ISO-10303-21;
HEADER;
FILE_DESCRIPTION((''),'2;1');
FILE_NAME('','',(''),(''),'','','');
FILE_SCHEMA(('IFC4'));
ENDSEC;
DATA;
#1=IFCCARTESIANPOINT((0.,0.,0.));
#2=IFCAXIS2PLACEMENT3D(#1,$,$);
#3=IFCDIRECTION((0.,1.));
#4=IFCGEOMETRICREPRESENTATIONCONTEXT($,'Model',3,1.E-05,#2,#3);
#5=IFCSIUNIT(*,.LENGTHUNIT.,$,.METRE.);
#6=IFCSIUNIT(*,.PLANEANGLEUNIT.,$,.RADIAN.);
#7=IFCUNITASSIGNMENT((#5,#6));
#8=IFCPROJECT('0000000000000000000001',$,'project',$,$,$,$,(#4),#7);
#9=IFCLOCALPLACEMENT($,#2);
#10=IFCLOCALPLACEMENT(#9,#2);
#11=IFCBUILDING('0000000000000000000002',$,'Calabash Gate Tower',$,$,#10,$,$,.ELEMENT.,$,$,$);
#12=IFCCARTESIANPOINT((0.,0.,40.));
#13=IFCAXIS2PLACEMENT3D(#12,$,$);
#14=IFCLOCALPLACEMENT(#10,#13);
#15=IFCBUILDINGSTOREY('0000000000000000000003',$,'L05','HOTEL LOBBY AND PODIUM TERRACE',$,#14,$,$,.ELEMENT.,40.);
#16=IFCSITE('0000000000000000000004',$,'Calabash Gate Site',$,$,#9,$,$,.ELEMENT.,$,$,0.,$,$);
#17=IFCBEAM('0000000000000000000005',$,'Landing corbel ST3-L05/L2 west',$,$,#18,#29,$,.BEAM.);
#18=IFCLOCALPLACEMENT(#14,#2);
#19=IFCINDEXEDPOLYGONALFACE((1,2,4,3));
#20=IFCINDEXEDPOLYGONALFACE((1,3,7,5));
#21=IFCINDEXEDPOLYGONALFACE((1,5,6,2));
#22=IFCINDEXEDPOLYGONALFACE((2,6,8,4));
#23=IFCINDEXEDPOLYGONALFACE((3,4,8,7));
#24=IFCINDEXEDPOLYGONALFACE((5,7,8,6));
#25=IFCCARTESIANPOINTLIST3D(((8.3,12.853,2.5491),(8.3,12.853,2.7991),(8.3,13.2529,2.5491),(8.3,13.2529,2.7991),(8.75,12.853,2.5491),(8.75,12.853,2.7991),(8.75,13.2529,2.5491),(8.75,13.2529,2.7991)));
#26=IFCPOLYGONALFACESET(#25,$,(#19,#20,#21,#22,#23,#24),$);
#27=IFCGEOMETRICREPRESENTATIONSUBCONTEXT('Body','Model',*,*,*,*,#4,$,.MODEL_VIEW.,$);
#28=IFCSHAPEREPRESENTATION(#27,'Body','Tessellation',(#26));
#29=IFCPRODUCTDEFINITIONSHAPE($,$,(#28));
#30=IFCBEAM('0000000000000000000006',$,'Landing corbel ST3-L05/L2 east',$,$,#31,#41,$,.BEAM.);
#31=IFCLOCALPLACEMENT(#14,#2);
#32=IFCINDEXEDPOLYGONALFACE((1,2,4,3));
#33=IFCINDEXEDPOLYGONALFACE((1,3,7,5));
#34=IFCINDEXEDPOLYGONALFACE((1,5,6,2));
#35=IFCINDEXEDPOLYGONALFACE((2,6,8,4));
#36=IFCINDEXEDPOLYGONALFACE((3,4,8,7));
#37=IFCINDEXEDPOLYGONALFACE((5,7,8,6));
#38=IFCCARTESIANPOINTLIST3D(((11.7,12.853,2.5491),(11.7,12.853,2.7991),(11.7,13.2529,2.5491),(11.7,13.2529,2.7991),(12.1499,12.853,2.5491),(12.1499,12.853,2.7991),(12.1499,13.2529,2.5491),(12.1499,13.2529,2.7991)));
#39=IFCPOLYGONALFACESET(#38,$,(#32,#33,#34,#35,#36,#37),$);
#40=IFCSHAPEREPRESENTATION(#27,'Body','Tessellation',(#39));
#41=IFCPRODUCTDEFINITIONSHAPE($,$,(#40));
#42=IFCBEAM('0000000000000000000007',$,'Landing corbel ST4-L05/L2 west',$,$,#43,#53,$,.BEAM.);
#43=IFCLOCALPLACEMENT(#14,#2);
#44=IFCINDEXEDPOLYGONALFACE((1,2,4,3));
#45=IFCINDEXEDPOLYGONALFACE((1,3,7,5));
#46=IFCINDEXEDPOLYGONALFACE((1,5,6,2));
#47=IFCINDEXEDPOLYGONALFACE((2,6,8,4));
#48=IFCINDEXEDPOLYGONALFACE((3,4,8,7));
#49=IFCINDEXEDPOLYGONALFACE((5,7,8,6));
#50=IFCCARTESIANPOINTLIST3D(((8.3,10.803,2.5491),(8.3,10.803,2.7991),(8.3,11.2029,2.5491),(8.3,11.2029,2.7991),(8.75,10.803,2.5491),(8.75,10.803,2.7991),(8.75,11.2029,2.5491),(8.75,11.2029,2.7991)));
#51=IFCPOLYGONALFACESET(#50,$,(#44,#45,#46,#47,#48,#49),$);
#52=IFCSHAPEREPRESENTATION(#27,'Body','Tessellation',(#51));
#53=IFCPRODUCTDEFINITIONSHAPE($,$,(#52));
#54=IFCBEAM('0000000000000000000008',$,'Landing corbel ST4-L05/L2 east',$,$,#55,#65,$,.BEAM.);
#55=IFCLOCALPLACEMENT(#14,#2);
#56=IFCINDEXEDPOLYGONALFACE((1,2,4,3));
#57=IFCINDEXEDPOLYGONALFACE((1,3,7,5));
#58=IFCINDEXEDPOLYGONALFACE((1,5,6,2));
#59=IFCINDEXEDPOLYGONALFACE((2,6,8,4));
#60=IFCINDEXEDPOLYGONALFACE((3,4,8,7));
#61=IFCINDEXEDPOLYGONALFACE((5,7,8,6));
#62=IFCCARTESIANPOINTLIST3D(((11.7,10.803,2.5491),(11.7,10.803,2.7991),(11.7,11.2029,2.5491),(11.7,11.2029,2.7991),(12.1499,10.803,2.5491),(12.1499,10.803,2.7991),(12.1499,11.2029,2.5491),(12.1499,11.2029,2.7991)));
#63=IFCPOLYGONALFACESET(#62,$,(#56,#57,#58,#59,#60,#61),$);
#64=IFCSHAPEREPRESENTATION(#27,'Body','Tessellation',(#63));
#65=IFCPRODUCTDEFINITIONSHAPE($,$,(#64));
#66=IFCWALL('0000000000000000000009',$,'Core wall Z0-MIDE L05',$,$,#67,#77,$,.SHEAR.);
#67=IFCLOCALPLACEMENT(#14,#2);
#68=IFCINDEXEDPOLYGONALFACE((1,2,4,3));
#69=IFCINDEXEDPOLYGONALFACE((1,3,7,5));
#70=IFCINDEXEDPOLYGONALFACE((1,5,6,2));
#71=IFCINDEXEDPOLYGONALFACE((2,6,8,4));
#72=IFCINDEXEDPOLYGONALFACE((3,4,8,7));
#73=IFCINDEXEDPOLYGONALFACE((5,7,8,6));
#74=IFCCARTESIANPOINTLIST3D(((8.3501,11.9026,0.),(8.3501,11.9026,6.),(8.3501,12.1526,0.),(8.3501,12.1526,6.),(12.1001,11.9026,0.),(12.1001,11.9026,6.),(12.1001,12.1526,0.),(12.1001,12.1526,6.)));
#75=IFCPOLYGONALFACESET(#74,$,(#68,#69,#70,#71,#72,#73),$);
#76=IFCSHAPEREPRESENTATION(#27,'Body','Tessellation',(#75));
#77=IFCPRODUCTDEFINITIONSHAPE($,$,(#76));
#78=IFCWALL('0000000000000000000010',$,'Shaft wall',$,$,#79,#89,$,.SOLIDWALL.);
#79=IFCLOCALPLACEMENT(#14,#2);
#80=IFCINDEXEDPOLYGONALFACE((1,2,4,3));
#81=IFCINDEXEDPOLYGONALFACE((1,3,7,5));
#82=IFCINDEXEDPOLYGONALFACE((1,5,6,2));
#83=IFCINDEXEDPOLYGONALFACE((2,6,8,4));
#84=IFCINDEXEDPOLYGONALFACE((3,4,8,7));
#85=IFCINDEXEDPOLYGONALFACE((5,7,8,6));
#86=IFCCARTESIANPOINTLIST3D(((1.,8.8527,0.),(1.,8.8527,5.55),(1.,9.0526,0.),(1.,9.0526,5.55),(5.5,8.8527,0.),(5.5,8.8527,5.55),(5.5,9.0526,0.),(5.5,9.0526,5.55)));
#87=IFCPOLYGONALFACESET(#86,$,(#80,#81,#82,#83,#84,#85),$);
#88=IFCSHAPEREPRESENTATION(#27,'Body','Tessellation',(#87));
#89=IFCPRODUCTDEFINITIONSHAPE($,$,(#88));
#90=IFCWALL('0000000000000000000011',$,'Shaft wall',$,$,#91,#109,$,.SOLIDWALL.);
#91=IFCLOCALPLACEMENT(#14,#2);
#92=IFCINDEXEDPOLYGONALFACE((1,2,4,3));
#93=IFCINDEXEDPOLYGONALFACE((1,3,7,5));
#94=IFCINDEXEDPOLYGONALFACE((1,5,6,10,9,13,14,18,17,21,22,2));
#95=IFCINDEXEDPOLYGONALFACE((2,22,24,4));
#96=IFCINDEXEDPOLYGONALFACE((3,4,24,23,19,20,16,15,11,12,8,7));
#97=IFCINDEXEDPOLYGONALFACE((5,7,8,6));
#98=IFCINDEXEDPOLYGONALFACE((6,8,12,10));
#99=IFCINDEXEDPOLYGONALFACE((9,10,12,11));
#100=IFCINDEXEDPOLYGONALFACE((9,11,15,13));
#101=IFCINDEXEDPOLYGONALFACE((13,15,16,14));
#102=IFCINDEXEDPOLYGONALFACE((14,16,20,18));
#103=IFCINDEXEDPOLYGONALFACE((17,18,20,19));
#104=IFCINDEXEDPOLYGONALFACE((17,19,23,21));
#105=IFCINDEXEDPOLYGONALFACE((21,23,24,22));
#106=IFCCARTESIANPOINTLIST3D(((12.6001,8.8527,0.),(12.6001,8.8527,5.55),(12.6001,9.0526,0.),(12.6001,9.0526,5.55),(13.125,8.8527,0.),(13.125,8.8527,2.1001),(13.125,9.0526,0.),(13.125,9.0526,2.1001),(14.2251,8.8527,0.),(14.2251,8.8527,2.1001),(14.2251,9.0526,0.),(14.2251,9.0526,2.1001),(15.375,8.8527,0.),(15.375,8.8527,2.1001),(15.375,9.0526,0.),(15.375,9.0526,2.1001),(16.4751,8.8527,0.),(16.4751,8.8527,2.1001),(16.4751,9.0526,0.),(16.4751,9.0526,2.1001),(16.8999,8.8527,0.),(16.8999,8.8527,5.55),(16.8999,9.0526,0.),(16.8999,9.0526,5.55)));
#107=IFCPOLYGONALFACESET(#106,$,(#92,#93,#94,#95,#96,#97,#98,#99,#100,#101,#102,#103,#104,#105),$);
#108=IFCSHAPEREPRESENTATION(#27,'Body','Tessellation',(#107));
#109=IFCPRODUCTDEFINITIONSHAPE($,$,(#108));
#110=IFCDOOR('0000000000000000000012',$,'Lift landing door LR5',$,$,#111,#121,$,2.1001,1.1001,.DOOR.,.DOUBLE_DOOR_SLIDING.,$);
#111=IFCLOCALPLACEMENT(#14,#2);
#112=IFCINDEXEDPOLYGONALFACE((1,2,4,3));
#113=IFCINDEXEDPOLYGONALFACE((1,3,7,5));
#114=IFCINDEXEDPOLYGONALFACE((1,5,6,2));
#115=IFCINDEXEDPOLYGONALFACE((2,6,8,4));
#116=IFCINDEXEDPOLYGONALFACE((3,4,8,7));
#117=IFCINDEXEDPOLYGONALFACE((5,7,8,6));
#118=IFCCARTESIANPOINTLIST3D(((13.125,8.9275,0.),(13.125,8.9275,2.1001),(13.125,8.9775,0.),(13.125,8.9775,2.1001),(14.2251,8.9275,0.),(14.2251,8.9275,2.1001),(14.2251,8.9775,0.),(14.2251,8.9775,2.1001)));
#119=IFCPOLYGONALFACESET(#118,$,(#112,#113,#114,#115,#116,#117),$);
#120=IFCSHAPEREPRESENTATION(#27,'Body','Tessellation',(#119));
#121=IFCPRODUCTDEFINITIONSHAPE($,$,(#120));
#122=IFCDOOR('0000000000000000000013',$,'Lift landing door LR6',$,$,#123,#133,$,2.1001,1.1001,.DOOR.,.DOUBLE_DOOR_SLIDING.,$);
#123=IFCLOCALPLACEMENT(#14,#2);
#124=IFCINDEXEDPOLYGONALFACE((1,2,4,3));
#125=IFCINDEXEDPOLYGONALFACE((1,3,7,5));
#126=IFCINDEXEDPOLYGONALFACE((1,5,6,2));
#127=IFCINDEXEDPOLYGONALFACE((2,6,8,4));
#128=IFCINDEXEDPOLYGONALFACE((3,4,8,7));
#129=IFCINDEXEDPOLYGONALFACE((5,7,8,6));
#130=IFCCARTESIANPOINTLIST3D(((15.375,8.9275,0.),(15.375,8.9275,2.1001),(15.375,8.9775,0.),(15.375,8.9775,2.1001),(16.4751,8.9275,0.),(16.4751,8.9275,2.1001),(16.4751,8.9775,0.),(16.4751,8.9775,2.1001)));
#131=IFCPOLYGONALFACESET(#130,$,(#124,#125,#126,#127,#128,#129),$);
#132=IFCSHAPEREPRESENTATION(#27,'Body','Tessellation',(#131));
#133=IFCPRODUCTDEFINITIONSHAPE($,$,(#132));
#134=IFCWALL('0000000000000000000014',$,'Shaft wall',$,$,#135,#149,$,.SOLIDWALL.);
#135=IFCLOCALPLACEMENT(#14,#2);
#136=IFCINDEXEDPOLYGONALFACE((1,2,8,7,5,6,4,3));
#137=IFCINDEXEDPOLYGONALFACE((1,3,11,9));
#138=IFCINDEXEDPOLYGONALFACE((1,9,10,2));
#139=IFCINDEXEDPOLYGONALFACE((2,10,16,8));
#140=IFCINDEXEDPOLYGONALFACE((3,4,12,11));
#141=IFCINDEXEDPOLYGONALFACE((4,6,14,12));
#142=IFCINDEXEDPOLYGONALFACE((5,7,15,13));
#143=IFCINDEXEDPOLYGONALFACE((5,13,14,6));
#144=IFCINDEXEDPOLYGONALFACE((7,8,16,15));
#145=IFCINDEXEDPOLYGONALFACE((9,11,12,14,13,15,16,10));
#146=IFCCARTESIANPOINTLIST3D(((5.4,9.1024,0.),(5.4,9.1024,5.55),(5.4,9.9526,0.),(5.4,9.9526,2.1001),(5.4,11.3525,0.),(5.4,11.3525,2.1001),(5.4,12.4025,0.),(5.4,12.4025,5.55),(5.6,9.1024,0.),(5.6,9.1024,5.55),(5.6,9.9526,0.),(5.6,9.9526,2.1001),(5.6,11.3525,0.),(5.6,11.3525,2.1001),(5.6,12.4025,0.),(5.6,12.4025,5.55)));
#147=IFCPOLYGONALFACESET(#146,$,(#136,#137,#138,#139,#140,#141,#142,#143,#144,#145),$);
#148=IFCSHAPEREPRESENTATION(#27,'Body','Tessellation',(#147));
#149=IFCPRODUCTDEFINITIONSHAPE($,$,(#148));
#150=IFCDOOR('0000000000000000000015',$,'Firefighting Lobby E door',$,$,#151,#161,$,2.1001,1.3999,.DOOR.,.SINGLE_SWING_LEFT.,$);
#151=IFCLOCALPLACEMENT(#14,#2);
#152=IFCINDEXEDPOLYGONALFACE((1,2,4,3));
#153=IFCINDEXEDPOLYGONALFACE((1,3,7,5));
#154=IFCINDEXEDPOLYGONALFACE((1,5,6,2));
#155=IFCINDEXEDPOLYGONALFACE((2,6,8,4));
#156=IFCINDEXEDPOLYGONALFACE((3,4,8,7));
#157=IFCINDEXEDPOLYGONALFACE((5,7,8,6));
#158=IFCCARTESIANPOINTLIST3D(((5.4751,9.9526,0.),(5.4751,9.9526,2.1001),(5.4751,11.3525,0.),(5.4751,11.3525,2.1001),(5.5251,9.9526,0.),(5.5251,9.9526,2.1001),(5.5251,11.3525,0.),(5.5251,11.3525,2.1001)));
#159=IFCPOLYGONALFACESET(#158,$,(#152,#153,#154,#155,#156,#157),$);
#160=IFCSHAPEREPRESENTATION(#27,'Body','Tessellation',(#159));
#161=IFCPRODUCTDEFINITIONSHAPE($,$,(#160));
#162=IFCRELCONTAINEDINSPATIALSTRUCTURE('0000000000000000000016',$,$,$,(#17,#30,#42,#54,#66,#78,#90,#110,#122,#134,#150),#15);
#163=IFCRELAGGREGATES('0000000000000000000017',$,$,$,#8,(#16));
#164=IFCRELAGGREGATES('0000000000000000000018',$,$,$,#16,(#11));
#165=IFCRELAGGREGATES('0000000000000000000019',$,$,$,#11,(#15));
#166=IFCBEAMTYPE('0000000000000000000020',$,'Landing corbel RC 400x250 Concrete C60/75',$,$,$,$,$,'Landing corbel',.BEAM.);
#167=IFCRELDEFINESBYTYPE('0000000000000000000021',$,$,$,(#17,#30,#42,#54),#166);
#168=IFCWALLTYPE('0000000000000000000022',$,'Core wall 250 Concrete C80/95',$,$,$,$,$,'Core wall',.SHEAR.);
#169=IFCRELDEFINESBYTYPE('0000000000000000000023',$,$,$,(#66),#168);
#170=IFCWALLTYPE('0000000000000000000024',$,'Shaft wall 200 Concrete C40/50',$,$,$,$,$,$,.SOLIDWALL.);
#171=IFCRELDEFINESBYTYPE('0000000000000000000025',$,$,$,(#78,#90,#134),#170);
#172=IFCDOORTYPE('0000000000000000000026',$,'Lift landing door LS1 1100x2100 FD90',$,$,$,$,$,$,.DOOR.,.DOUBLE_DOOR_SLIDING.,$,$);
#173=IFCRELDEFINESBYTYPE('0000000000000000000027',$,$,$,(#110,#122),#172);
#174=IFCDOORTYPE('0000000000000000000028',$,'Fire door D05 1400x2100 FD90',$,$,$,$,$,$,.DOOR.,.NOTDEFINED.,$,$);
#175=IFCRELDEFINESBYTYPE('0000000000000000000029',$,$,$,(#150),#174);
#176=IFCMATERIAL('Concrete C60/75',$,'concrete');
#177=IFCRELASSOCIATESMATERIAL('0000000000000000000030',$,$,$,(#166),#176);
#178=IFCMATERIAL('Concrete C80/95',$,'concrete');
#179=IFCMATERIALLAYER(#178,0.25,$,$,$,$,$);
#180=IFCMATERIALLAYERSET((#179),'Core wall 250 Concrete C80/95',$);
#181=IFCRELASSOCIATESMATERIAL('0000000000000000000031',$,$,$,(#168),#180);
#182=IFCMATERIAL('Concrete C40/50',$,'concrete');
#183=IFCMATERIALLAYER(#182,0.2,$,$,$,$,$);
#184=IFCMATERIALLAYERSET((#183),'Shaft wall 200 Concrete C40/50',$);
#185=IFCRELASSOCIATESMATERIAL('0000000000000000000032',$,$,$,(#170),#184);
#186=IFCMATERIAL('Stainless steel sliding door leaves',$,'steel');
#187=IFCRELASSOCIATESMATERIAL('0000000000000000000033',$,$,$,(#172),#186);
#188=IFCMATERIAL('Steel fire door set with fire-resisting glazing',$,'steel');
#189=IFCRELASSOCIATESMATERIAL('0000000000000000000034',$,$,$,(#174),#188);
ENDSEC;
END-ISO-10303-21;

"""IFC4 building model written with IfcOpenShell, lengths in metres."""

from ifc_helpers import new_model, si_unit, direction, frame, frame_2d, origin, origin_2d, place, context, subcontext, project, spatial, rectangle, extrude, material, layer, layer_set, material_profile, profile_set, type_object, element, fill, save


model = new_model("IFC4")

# Units and contexts
model_context = context("Model", 3, precision=1e-05, world=origin(), true_north=direction((0.0, 1.0)))
body_context = subcontext(model_context, "Body", "Model", "MODEL_VIEW")
ifc_project = project(units=[si_unit("LENGTHUNIT", "METRE"), si_unit("PLANEANGLEUNIT", "RADIAN")], contexts=[model_context])

# Site, building, storey
site_placement = place(None, origin())
site = spatial("IfcSite", under=ifc_project, at=site_placement, Name="Calabash Gate Site", CompositionType="ELEMENT", RefElevation=0.0)
building_placement = place(site_placement, origin())
building = spatial("IfcBuilding", under=site, at=building_placement, Name="Calabash Gate Tower", CompositionType="ELEMENT")
storey_placement = place(building_placement, frame((0.0, 0.0, 40.0)))
storey = spatial("IfcBuildingStorey", under=building, at=storey_placement, Name="L05", Description="HOTEL LOBBY AND PODIUM TERRACE", CompositionType="ELEMENT", Elevation=40.0)

# Beams
ifc_material_1 = material(Name="Concrete C60/75", Category="concrete")
ifc_material_profile = material_profile(ifc_material_1, rectangle(XDim=0.3999, YDim=0.25, at=origin_2d()))
ifc_profile_set = profile_set([ifc_material_profile], Name="Concrete C60/75")
beam_type = type_object("IfcBeamType", Name="Landing corbel RC 400x250 Concrete C60/75", ElementType="Landing corbel", PredefinedType="BEAM", material=ifc_profile_set)
for number, where, z_axis, x_axis, name in (
    (1, (8.3, 13.053, 2.6741), (1.0, 0.0, 0.0), (0.0, 1.0, 0.0), "Landing corbel ST3-L05/L2 west"),
    (2, (12.1499, 13.053, 2.6741), (-1.0, 0.0, 0.0), (0.0, -1.0, 0.0), "Landing corbel ST3-L05/L2 east"),
    (3, (8.3, 11.0029, 2.6741), (1.0, 0.0, 0.0), (0.0, 1.0, 0.0), "Landing corbel ST4-L05/L2 west"),
    (4, (12.1499, 11.0029, 2.6741), (-1.0, 0.0, 0.0), (0.0, -1.0, 0.0), "Landing corbel ST4-L05/L2 east"),
):
    element("IfcBeam", number, at=place(storey_placement, frame(where, z_axis=z_axis, x_axis=x_axis)), inside=storey, type_object=beam_type, Name=name, PredefinedType="BEAM", context=body_context, shape_type="SweptSolid", body=[
        extrude(rectangle(XDim=0.3999, YDim=0.25, at=origin_2d()), origin(), (0.0, 0.0, 1.0), 0.45),
    ])

# Walls
ifc_material_2 = material(Name="Concrete C80/95", Category="concrete")
ifc_layer_1 = layer(ifc_material_2, 0.25)
ifc_layer_set_1 = layer_set([ifc_layer_1], Name="Core wall 250 Concrete C80/95")
wall_type_1 = type_object("IfcWallType", Name="Core wall 250 Concrete C80/95", ElementType="Core wall", PredefinedType="SHEAR", material=ifc_layer_set_1)
wall_1_placement = place(storey_placement, frame((8.3501, 12.0276, 0.0), z_axis=(0.0, 0.0, 1.0), x_axis=(1.0, 0.0, 0.0)))
element("IfcWall", 5, at=wall_1_placement, inside=storey, type_object=wall_type_1, Name="Core wall Z0-MIDE L05", PredefinedType="SHEAR", context=body_context, shape_type="SweptSolid", body=[
    extrude(rectangle(XDim=3.75, YDim=0.25, at=frame_2d((1.875, 0.0))), origin(), (0.0, 0.0, 1.0), 6.0),
])
ifc_material_3 = material(Name="Concrete C40/50", Category="concrete")
ifc_layer_2 = layer(ifc_material_3, 0.2)
ifc_layer_set_2 = layer_set([ifc_layer_2], Name="Shaft wall 200 Concrete C40/50")
wall_type_2 = type_object("IfcWallType", Name="Shaft wall 200 Concrete C40/50", PredefinedType="SOLIDWALL", material=ifc_layer_set_2)
wall_2_placement = place(storey_placement, frame((1.0, 8.9526, 0.0), z_axis=(0.0, 0.0, 1.0), x_axis=(1.0, 0.0, 0.0)))
element("IfcWall", 6, at=wall_2_placement, inside=storey, type_object=wall_type_2, Name="Shaft wall", PredefinedType="SOLIDWALL", context=body_context, shape_type="SweptSolid", body=[
    extrude(rectangle(XDim=4.5, YDim=0.2, at=frame_2d((2.25, 0.0))), origin(), (0.0, 0.0, 1.0), 5.55),
])

# Wall, openings, doors
wall_3_placement = place(storey_placement, frame((12.6001, 8.9526, 0.0), z_axis=(0.0, 0.0, 1.0), x_axis=(1.0, 0.0, 0.0)))
wall_3 = element("IfcWall", 7, at=wall_3_placement, inside=storey, type_object=wall_type_2, Name="Shaft wall", PredefinedType="SOLIDWALL", context=body_context, shape_type="SweptSolid", body=[
    extrude(rectangle(XDim=4.2998, YDim=0.2, at=frame_2d((2.1499, 0.0))), origin(), (0.0, 0.0, 1.0), 5.55),
])
opening_1_placement = place(wall_3_placement, frame((0.5249, 0.0, 0.0)))
opening_1 = element("IfcOpeningElement", 8, at=opening_1_placement, cuts=wall_3, PredefinedType="OPENING", context=body_context, shape_type="SweptSolid", body=[
    extrude(rectangle(XDim=1.1001, YDim=2.1001, at=frame_2d((0.55, 1.05))), frame((0.0, 0.1099, 0.0), z_axis=(0.0, -1.0, 0.0), x_axis=(1.0, 0.0, 0.0)), (0.0, 0.0, 1.0), 0.22),
])
opening_2_placement = place(wall_3_placement, frame((2.7749, 0.0, 0.0)))
opening_2 = element("IfcOpeningElement", 9, at=opening_2_placement, cuts=wall_3, PredefinedType="OPENING", context=body_context, shape_type="SweptSolid", body=[
    extrude(rectangle(XDim=1.1001, YDim=2.1001, at=frame_2d((0.55, 1.05))), frame((0.0, 0.1099, 0.0), z_axis=(0.0, -1.0, 0.0), x_axis=(1.0, 0.0, 0.0)), (0.0, 0.0, 1.0), 0.22),
])
ifc_material_4 = material(Name="Stainless steel sliding door leaves", Category="steel")
door_type_1 = type_object("IfcDoorType", Name="Lift landing door LS1 1100x2100 FD90", OperationType="DOUBLE_DOOR_SLIDING", PredefinedType="DOOR", material=ifc_material_4)
door_1_placement = place(opening_1_placement, origin())
door_1 = element("IfcDoor", 10, at=door_1_placement, inside=storey, type_object=door_type_1, Name="Lift landing door LR5", OperationType="DOUBLE_DOOR_SLIDING", OverallHeight=2.1001, OverallWidth=1.1001, PredefinedType="DOOR", context=body_context, shape_type="SweptSolid", body=[
    extrude(rectangle(XDim=1.1001, YDim=2.1001, at=frame_2d((0.55, 1.05))), frame((0.0, 0.0249, 0.0), z_axis=(0.0, -1.0, 0.0), x_axis=(1.0, 0.0, 0.0)), (0.0, 0.0, 1.0), 0.05),
])
fill(opening_1, door_1)
door_2_placement = place(opening_2_placement, origin())
door_2 = element("IfcDoor", 11, at=door_2_placement, inside=storey, type_object=door_type_1, Name="Lift landing door LR6", OperationType="DOUBLE_DOOR_SLIDING", OverallHeight=2.1001, OverallWidth=1.1001, PredefinedType="DOOR", context=body_context, shape_type="SweptSolid", body=[
    extrude(rectangle(XDim=1.1001, YDim=2.1001, at=frame_2d((0.55, 1.05))), frame((0.0, 0.0249, 0.0), z_axis=(0.0, -1.0, 0.0), x_axis=(1.0, 0.0, 0.0)), (0.0, 0.0, 1.0), 0.05),
])
fill(opening_2, door_2)

# Wall, opening, door
wall_4_placement = place(storey_placement, frame((5.5, 9.1025, 0.0), z_axis=(0.0, 0.0, 1.0), x_axis=(0.0, 1.0, 0.0)))
wall_4 = element("IfcWall", 12, at=wall_4_placement, inside=storey, type_object=wall_type_2, Name="Shaft wall", PredefinedType="SOLIDWALL", context=body_context, shape_type="SweptSolid", body=[
    extrude(rectangle(XDim=3.3, YDim=0.2, at=frame_2d((1.6499, 0.0))), origin(), (0.0, 0.0, 1.0), 5.55),
])
opening_3_placement = place(wall_4_placement, frame((0.8501, 0.0, 0.0)))
opening_3 = element("IfcOpeningElement", 13, at=opening_3_placement, cuts=wall_4, PredefinedType="OPENING", context=body_context, shape_type="SweptSolid", body=[
    extrude(rectangle(XDim=1.3999, YDim=2.1001, at=frame_2d((0.7, 1.05))), frame((0.0, 0.1099, 0.0), z_axis=(0.0, -1.0, 0.0), x_axis=(1.0, 0.0, 0.0)), (0.0, 0.0, 1.0), 0.22),
])
ifc_material_5 = material(Name="Steel fire door set with fire-resisting glazing", Category="steel")
door_type_2 = type_object("IfcDoorType", Name="Fire door D05 1400x2100 FD90", OperationType="NOTDEFINED", PredefinedType="DOOR", material=ifc_material_5)
door_3_placement = place(opening_3_placement, origin())
door_3 = element("IfcDoor", 14, at=door_3_placement, inside=storey, type_object=door_type_2, Name="Firefighting Lobby E door", OperationType="SINGLE_SWING_LEFT", OverallHeight=2.1001, OverallWidth=1.3999, PredefinedType="DOOR", context=body_context, shape_type="SweptSolid", body=[
    extrude(rectangle(XDim=1.3999, YDim=2.1001, at=frame_2d((0.7, 1.05))), frame((0.0, 0.0249, 0.0), z_axis=(0.0, -1.0, 0.0), x_axis=(1.0, 0.0, 0.0)), (0.0, 0.0, 1.0), 0.05),
])
fill(opening_3, door_3)

save(model, "model.ifc")
